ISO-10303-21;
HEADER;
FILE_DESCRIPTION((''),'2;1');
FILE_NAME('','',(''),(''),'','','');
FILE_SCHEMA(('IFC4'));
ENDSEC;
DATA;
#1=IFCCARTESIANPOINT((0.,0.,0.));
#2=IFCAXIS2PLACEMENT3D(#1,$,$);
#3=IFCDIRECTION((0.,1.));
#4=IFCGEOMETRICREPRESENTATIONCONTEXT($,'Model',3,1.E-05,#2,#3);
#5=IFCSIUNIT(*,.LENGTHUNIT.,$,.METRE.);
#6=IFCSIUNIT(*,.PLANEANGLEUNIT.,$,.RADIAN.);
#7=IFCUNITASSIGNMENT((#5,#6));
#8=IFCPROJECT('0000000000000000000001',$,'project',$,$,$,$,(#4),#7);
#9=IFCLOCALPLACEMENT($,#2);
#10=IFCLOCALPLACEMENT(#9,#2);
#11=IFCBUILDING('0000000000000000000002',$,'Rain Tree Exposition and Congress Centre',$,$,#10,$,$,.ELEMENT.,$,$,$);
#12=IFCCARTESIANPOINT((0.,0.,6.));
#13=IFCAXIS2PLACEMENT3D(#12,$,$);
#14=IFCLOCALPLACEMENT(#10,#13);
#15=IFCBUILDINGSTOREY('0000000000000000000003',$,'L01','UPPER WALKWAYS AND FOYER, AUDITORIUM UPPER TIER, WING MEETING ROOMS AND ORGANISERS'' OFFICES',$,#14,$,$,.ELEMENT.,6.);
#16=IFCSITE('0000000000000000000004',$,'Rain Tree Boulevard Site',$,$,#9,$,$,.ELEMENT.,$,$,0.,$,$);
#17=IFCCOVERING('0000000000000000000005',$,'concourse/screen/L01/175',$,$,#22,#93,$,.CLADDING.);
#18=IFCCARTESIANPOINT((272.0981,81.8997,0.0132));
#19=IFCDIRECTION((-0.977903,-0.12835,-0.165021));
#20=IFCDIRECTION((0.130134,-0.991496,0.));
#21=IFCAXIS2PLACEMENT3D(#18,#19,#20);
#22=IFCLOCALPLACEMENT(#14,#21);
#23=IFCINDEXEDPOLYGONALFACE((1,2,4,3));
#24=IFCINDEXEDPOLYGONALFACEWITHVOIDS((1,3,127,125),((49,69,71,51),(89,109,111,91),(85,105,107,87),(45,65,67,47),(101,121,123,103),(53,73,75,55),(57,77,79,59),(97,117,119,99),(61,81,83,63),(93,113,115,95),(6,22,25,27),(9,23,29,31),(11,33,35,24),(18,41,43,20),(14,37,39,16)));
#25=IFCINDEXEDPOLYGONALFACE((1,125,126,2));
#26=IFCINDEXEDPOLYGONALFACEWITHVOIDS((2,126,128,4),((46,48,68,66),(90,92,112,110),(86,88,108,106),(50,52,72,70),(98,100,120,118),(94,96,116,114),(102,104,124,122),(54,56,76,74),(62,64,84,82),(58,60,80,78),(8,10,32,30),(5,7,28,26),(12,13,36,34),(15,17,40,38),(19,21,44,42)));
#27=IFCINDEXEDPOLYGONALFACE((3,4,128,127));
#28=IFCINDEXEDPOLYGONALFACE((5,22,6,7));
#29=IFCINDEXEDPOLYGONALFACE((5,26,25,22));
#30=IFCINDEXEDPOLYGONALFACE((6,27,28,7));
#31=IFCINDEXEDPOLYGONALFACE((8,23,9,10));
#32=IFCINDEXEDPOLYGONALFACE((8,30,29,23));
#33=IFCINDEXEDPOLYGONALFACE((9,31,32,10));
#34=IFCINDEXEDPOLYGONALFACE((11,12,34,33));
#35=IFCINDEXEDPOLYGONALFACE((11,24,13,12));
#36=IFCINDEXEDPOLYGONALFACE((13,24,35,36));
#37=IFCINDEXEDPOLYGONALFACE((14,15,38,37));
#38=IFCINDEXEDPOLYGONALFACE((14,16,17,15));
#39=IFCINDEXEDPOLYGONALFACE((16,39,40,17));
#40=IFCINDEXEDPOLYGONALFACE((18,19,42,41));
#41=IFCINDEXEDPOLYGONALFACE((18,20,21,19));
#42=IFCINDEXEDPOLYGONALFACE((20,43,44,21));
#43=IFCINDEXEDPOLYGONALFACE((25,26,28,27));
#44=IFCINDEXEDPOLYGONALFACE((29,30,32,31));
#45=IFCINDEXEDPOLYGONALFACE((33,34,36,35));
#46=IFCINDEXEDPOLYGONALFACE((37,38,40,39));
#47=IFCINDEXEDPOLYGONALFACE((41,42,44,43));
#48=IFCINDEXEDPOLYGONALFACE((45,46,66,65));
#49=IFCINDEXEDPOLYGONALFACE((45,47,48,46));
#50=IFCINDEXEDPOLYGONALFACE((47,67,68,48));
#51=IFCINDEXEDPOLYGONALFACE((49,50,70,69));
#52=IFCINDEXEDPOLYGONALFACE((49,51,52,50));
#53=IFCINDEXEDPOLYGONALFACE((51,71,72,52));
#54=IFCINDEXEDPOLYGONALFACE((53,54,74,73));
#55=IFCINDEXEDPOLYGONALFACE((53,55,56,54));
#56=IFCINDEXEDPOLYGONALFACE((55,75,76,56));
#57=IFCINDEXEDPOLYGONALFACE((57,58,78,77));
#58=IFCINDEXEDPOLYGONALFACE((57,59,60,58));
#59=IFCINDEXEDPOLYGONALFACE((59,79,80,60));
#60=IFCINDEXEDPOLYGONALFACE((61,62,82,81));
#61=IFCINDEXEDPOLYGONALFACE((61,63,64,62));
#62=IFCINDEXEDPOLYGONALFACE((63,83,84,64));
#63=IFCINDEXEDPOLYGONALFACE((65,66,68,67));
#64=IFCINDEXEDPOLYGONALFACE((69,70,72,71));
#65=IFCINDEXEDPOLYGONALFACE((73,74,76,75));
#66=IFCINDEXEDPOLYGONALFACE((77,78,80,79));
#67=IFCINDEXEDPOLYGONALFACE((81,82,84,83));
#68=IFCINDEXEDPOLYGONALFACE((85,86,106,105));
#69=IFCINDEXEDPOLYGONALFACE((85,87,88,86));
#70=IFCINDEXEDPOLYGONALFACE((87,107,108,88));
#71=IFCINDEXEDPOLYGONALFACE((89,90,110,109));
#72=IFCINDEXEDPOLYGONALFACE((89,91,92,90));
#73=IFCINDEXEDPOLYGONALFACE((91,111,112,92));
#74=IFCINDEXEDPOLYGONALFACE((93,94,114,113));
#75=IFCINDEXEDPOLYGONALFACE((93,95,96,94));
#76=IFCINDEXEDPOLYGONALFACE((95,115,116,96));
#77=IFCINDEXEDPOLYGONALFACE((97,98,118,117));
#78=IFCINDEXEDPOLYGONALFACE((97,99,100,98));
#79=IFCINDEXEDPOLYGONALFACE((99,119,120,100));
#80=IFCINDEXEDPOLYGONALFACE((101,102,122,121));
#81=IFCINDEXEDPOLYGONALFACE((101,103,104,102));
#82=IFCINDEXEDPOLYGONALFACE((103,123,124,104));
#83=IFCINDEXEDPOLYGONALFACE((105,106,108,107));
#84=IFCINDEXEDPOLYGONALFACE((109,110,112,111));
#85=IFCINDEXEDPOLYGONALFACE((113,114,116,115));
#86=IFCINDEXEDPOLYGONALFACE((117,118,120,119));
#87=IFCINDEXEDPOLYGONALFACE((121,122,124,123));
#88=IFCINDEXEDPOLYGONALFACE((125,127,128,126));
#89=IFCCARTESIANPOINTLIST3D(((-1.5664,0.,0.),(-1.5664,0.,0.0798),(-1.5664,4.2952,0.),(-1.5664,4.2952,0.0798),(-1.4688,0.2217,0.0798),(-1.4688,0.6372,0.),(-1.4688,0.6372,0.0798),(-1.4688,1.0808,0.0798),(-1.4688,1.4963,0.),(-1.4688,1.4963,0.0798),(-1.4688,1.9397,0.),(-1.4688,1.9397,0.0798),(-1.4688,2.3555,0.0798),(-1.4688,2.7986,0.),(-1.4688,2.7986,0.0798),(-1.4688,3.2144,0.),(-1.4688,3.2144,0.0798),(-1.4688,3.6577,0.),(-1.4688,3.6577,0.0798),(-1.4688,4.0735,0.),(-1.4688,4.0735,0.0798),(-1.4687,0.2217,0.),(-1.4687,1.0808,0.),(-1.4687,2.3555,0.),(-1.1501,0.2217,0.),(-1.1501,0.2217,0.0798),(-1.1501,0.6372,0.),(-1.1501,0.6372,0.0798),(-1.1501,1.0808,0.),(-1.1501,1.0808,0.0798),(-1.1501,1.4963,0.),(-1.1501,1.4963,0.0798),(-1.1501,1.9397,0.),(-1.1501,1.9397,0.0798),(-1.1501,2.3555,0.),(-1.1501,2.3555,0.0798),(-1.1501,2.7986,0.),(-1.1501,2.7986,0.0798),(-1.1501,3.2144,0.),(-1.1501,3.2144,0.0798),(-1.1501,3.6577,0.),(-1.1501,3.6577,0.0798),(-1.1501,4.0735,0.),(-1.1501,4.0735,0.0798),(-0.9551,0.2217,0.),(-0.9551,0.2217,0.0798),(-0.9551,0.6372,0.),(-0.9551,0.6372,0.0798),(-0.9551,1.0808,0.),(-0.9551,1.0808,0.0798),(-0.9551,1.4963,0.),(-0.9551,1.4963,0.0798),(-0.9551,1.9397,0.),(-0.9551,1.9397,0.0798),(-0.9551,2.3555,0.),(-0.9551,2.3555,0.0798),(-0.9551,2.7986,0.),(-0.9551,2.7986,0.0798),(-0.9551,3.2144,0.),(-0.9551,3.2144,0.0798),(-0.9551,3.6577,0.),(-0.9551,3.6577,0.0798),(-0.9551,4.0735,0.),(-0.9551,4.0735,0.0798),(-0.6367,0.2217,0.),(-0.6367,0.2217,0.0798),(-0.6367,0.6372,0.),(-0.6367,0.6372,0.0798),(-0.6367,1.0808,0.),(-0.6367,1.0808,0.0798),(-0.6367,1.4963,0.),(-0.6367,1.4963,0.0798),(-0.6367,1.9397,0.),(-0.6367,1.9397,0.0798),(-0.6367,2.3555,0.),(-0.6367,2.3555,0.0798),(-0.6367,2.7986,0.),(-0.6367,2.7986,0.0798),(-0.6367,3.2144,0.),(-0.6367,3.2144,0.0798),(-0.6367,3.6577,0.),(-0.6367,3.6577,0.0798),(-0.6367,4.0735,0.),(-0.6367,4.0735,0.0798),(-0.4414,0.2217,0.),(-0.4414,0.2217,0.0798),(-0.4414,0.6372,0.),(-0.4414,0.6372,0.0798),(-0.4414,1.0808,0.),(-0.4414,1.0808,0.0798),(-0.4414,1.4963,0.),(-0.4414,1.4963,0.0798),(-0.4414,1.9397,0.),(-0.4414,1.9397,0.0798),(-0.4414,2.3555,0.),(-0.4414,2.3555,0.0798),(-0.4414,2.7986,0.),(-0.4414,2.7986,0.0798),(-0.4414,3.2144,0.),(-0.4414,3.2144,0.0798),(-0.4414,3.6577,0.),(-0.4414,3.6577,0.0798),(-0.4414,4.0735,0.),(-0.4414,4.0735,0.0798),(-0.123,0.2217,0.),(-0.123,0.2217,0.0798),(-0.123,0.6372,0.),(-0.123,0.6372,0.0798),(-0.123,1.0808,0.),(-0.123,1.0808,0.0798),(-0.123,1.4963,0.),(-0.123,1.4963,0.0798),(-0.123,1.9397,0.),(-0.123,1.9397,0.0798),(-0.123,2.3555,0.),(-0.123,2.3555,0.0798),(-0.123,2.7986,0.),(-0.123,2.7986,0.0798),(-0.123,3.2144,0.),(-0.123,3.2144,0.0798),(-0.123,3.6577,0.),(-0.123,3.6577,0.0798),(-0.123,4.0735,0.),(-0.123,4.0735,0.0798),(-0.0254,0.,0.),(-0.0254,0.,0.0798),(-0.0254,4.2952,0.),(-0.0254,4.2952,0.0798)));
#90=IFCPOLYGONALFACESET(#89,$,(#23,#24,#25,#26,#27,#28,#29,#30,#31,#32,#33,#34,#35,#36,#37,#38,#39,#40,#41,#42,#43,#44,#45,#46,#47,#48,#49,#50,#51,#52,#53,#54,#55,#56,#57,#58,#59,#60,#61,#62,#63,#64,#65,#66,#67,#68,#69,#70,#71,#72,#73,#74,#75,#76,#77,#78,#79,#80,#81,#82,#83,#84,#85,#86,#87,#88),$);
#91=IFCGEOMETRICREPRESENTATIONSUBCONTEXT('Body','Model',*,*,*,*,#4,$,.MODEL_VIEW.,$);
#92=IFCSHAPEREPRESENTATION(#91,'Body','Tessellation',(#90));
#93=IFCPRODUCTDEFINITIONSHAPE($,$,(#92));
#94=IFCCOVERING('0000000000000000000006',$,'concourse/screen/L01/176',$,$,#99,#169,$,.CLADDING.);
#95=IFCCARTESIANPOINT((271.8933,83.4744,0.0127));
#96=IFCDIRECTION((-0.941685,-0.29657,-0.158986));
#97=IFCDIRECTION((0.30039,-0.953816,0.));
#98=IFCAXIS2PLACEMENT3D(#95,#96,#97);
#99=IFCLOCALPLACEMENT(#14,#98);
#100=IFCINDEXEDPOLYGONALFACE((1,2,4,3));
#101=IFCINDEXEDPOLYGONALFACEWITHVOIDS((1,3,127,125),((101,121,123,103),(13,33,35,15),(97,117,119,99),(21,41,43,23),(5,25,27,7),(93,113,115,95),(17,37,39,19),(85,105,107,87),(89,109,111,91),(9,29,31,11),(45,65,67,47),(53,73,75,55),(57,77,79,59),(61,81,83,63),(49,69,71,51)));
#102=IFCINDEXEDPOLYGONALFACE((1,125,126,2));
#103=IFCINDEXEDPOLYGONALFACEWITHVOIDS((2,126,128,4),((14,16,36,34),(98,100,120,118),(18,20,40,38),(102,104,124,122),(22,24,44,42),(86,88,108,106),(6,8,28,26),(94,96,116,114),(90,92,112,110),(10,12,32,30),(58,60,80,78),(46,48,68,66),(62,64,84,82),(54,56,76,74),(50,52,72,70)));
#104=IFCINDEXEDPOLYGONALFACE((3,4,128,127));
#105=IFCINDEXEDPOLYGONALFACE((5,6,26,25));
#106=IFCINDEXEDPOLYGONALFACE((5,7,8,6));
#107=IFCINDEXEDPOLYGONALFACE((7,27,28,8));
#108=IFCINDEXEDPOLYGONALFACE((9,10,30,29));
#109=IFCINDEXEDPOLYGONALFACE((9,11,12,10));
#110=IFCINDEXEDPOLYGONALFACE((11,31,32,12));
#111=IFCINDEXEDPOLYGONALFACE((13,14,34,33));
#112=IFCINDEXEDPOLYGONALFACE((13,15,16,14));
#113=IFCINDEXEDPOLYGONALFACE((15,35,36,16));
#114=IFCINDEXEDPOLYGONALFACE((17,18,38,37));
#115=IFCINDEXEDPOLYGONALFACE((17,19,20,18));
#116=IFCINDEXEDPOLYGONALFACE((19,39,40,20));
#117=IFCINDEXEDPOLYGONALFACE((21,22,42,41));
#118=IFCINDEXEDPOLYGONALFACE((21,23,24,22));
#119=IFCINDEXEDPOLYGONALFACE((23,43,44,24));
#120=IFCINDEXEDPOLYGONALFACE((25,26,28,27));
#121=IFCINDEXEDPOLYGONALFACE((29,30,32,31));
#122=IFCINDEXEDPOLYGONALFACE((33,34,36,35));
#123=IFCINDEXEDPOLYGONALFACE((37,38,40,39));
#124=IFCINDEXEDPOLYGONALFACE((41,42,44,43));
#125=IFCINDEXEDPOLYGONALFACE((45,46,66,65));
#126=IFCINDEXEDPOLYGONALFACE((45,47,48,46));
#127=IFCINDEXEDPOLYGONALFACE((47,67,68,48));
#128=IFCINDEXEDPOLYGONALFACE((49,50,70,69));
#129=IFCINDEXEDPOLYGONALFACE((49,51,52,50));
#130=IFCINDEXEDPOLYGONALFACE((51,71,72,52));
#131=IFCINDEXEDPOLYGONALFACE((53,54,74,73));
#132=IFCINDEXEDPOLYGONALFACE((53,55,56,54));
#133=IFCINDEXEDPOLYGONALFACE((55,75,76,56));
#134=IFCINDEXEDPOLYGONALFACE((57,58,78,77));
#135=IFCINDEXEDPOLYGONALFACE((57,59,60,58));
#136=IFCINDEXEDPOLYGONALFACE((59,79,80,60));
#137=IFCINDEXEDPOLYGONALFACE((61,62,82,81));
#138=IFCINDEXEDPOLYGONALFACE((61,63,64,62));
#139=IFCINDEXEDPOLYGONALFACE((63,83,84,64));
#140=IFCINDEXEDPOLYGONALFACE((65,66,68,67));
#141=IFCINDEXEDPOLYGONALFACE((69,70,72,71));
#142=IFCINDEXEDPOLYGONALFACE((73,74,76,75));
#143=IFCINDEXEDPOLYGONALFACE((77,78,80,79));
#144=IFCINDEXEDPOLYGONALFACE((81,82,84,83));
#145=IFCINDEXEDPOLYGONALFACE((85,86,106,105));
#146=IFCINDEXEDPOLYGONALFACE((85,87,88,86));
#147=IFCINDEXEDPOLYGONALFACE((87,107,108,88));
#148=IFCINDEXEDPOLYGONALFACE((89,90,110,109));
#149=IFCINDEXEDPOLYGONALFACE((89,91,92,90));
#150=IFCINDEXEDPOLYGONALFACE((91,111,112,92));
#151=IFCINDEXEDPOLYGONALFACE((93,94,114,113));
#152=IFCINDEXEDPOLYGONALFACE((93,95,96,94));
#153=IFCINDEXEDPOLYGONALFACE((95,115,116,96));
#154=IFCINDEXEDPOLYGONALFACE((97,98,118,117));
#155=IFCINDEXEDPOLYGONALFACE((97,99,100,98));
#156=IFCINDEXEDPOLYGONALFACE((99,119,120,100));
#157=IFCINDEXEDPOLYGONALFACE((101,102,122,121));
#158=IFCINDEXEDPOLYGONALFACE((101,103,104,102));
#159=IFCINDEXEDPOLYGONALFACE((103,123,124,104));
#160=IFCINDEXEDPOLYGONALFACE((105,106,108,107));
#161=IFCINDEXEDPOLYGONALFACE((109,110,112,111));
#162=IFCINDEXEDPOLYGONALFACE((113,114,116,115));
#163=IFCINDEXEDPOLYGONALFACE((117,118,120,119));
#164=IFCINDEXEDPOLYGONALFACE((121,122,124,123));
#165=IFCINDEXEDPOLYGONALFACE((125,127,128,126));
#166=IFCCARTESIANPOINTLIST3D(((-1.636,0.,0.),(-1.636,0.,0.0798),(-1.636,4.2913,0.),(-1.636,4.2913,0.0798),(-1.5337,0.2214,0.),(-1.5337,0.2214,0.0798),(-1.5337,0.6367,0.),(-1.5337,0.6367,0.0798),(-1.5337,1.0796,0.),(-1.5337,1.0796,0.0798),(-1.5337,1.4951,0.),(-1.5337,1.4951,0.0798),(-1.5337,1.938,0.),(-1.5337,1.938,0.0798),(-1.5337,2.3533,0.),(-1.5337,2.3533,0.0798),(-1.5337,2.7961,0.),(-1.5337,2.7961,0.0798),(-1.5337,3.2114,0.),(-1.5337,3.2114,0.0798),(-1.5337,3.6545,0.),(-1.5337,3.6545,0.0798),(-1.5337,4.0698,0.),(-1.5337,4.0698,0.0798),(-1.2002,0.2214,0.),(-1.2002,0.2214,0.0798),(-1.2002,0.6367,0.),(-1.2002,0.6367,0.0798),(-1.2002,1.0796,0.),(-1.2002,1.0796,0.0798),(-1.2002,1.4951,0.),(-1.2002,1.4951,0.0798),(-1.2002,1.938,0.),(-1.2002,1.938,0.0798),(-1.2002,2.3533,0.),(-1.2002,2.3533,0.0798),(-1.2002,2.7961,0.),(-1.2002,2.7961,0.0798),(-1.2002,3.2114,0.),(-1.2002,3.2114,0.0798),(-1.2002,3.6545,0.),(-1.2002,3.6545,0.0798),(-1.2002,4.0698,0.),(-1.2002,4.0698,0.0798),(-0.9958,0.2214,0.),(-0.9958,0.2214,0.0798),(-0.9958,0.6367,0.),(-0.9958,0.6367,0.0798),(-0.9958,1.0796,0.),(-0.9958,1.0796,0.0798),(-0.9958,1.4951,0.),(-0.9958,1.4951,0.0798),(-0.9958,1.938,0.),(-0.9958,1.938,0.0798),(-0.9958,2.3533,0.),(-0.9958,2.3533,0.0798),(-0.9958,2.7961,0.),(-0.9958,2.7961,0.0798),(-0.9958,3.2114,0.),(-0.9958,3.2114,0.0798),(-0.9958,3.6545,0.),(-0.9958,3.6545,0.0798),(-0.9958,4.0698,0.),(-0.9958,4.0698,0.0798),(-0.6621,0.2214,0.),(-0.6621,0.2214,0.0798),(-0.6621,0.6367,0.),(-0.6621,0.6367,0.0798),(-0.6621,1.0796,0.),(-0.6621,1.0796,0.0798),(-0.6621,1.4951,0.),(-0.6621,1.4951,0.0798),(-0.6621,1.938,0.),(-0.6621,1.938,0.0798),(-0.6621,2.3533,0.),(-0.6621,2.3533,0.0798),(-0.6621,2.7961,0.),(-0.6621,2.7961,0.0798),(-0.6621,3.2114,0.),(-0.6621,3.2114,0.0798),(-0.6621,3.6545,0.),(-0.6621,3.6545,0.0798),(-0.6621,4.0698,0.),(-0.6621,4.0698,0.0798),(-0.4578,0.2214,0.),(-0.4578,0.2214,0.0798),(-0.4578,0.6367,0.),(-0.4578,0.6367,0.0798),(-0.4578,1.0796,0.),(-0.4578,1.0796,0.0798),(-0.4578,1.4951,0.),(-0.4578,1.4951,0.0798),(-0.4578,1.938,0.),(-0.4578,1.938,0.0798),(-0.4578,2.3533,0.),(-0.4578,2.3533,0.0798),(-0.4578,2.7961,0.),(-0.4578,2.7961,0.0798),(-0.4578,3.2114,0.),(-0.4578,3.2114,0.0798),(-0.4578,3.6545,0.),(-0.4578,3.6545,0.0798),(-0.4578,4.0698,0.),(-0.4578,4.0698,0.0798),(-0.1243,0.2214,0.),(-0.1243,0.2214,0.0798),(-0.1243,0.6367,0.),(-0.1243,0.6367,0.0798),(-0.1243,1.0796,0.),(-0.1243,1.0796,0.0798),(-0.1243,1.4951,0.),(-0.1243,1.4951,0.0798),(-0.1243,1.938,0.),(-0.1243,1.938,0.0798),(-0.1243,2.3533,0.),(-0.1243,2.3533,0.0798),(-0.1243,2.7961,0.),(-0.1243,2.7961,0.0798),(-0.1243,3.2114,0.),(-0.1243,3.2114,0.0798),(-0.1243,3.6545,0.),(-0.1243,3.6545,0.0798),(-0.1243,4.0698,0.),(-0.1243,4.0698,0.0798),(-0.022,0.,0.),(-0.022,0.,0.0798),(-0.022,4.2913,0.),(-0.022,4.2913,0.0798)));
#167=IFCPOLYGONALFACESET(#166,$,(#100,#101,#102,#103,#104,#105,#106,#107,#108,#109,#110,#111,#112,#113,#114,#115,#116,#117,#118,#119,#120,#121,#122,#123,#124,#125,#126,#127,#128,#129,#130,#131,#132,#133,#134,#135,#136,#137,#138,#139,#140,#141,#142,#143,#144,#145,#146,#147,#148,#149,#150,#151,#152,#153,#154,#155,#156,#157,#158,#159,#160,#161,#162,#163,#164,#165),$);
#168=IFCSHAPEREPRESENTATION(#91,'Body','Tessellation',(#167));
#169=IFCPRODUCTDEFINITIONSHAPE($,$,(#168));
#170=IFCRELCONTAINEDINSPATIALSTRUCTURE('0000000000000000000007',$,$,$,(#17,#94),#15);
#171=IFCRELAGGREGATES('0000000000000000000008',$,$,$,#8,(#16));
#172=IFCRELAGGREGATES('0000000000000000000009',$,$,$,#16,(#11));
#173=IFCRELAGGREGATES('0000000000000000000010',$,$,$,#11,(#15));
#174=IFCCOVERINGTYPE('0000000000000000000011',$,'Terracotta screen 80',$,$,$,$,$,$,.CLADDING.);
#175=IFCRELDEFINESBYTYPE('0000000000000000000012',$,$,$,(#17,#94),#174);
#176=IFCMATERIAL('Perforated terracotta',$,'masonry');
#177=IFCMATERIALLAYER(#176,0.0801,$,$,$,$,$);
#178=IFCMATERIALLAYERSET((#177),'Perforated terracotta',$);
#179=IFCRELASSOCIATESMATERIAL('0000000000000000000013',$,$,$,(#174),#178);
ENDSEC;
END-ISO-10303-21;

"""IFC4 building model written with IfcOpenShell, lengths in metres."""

from ifc_helpers import new_model, si_unit, direction, frame, origin, place, context, subcontext, project, spatial, polyline, outline, extrude, material, layer, layer_set, type_object, element, save


model = new_model("IFC4")

# Units and contexts
model_context = context("Model", 3, precision=1e-05, world=origin(), true_north=direction((0.0, 1.0)))
body_context = subcontext(model_context, "Body", "Model", "MODEL_VIEW")
ifc_project = project(units=[si_unit("LENGTHUNIT", "METRE"), si_unit("PLANEANGLEUNIT", "RADIAN")], contexts=[model_context])

# Site, building, storey
site_placement = place(None, origin())
site = spatial("IfcSite", under=ifc_project, at=site_placement, Name="Rain Tree Boulevard Site", CompositionType="ELEMENT", RefElevation=0.0)
building_placement = place(site_placement, origin())
building = spatial("IfcBuilding", under=site, at=building_placement, Name="Rain Tree Exposition and Congress Centre", CompositionType="ELEMENT")
storey_placement = place(building_placement, frame((0.0, 0.0, 6.0)))
storey = spatial("IfcBuildingStorey", under=building, at=storey_placement, Name="L01", Description="UPPER WALKWAYS AND FOYER, AUDITORIUM UPPER TIER, WING MEETING ROOMS AND ORGANISERS' OFFICES", CompositionType="ELEMENT", Elevation=6.0)

# Coverings
ifc_material_1 = material(Name="Perforated terracotta", Category="masonry")
ifc_layer_1 = layer(ifc_material_1, 0.0801)
ifc_layer_set_1 = layer_set([ifc_layer_1], Name="Perforated terracotta")
covering_type = type_object("IfcCoveringType", Name="Terracotta screen 80", PredefinedType="CLADDING", material=ifc_layer_set_1)
covering_1_placement = place(storey_placement, frame((272.0981, 81.8997, 0.0132), z_axis=(-0.977903, -0.12835, -0.165021), x_axis=(0.130134, -0.991496, 0.0)))
element("IfcCovering", 1, at=covering_1_placement, inside=storey, type_object=covering_type, Name="concourse/screen/L01/175", PredefinedType="CLADDING", context=body_context, shape_type="SweptSolid", body=[
    extrude(outline(polyline([(-1.5664, 0.0), (-1.5664, 4.2952), (-0.0254, 4.2952), (-0.0254, 0.0), (-1.5664, 0.0)]), holes=[polyline([(-0.123, 0.2217), (-0.123, 0.6372), (-0.4414, 0.6372), (-0.4414, 0.2217), (-0.123, 0.2217)]), polyline([(-0.123, 1.0808), (-0.123, 1.4963), (-0.4414, 1.4963), (-0.4414, 1.0808), (-0.123, 1.0808)]), polyline([(-0.123, 1.9397), (-0.123, 2.3555), (-0.4414, 2.3555), (-0.4414, 1.9397), (-0.123, 1.9397)]), polyline([(-0.123, 2.7986), (-0.123, 3.2144), (-0.4414, 3.2144), (-0.4414, 2.7986), (-0.123, 2.7986)]), polyline([(-0.123, 3.6577), (-0.123, 4.0735), (-0.4414, 4.0735), (-0.4414, 3.6577), (-0.123, 3.6577)]), polyline([(-0.6367, 0.2217), (-0.6367, 0.6372), (-0.9551, 0.6372), (-0.9551, 0.2217), (-0.6367, 0.2217)]), polyline([(-0.6367, 1.0808), (-0.6367, 1.4963), (-0.9551, 1.4963), (-0.9551, 1.0808), (-0.6367, 1.0808)]), polyline([(-0.6367, 1.9397), (-0.6367, 2.3555), (-0.9551, 2.3555), (-0.9551, 1.9397), (-0.6367, 1.9397)]), polyline([(-0.6367, 2.7986), (-0.6367, 3.2144), (-0.9551, 3.2144), (-0.9551, 2.7986), (-0.6367, 2.7986)]), polyline([(-0.6367, 3.6577), (-0.6367, 4.0735), (-0.9551, 4.0735), (-0.9551, 3.6577), (-0.6367, 3.6577)]), polyline([(-1.1501, 0.2217), (-1.1501, 0.6372), (-1.4688, 0.6372), (-1.4688, 0.2217), (-1.1501, 0.2217)]), polyline([(-1.1501, 1.0808), (-1.1501, 1.4963), (-1.4688, 1.4963), (-1.4688, 1.0808), (-1.1501, 1.0808)]), polyline([(-1.1501, 1.9397), (-1.1501, 2.3555), (-1.4688, 2.3555), (-1.4688, 1.9397), (-1.1501, 1.9397)]), polyline([(-1.1501, 2.7986), (-1.1501, 3.2144), (-1.4688, 3.2144), (-1.4688, 2.7986), (-1.1501, 2.7986)]), polyline([(-1.1501, 3.6577), (-1.1501, 4.0735), (-1.4688, 4.0735), (-1.4688, 3.6577), (-1.1501, 3.6577)])]), origin(), (0.0, 0.0, 1.0), 0.0798),
])
covering_2_placement = place(storey_placement, frame((271.8933, 83.4744, 0.0127), z_axis=(-0.941685, -0.29657, -0.158986), x_axis=(0.30039, -0.953816, 0.0)))
element("IfcCovering", 2, at=covering_2_placement, inside=storey, type_object=covering_type, Name="concourse/screen/L01/176", PredefinedType="CLADDING", context=body_context, shape_type="SweptSolid", body=[
    extrude(outline(polyline([(-1.636, 0.0), (-1.636, 4.2913), (-0.022, 4.2913), (-0.022, 0.0), (-1.636, 0.0)]), holes=[polyline([(-0.1243, 0.2214), (-0.1243, 0.6367), (-0.4578, 0.6367), (-0.4578, 0.2214), (-0.1243, 0.2214)]), polyline([(-0.1243, 1.0796), (-0.1243, 1.4951), (-0.4578, 1.4951), (-0.4578, 1.0796), (-0.1243, 1.0796)]), polyline([(-0.1243, 1.938), (-0.1243, 2.3533), (-0.4578, 2.3533), (-0.4578, 1.938), (-0.1243, 1.938)]), polyline([(-0.1243, 2.7961), (-0.1243, 3.2114), (-0.4578, 3.2114), (-0.4578, 2.7961), (-0.1243, 2.7961)]), polyline([(-0.1243, 3.6545), (-0.1243, 4.0698), (-0.4578, 4.0698), (-0.4578, 3.6545), (-0.1243, 3.6545)]), polyline([(-0.6621, 0.2214), (-0.6621, 0.6367), (-0.9958, 0.6367), (-0.9958, 0.2214), (-0.6621, 0.2214)]), polyline([(-0.6621, 1.0796), (-0.6621, 1.4951), (-0.9958, 1.4951), (-0.9958, 1.0796), (-0.6621, 1.0796)]), polyline([(-0.6621, 1.938), (-0.6621, 2.3533), (-0.9958, 2.3533), (-0.9958, 1.938), (-0.6621, 1.938)]), polyline([(-0.6621, 2.7961), (-0.6621, 3.2114), (-0.9958, 3.2114), (-0.9958, 2.7961), (-0.6621, 2.7961)]), polyline([(-0.6621, 3.6545), (-0.6621, 4.0698), (-0.9958, 4.0698), (-0.9958, 3.6545), (-0.6621, 3.6545)]), polyline([(-1.2002, 0.2214), (-1.2002, 0.6367), (-1.5337, 0.6367), (-1.5337, 0.2214), (-1.2002, 0.2214)]), polyline([(-1.2002, 1.0796), (-1.2002, 1.4951), (-1.5337, 1.4951), (-1.5337, 1.0796), (-1.2002, 1.0796)]), polyline([(-1.2002, 1.938), (-1.2002, 2.3533), (-1.5337, 2.3533), (-1.5337, 1.938), (-1.2002, 1.938)]), polyline([(-1.2002, 2.7961), (-1.2002, 3.2114), (-1.5337, 3.2114), (-1.5337, 2.7961), (-1.2002, 2.7961)]), polyline([(-1.2002, 3.6545), (-1.2002, 4.0698), (-1.5337, 4.0698), (-1.5337, 3.6545), (-1.2002, 3.6545)])]), origin(), (0.0, 0.0, 1.0), 0.0798),
])

save(model, "model.ifc")
